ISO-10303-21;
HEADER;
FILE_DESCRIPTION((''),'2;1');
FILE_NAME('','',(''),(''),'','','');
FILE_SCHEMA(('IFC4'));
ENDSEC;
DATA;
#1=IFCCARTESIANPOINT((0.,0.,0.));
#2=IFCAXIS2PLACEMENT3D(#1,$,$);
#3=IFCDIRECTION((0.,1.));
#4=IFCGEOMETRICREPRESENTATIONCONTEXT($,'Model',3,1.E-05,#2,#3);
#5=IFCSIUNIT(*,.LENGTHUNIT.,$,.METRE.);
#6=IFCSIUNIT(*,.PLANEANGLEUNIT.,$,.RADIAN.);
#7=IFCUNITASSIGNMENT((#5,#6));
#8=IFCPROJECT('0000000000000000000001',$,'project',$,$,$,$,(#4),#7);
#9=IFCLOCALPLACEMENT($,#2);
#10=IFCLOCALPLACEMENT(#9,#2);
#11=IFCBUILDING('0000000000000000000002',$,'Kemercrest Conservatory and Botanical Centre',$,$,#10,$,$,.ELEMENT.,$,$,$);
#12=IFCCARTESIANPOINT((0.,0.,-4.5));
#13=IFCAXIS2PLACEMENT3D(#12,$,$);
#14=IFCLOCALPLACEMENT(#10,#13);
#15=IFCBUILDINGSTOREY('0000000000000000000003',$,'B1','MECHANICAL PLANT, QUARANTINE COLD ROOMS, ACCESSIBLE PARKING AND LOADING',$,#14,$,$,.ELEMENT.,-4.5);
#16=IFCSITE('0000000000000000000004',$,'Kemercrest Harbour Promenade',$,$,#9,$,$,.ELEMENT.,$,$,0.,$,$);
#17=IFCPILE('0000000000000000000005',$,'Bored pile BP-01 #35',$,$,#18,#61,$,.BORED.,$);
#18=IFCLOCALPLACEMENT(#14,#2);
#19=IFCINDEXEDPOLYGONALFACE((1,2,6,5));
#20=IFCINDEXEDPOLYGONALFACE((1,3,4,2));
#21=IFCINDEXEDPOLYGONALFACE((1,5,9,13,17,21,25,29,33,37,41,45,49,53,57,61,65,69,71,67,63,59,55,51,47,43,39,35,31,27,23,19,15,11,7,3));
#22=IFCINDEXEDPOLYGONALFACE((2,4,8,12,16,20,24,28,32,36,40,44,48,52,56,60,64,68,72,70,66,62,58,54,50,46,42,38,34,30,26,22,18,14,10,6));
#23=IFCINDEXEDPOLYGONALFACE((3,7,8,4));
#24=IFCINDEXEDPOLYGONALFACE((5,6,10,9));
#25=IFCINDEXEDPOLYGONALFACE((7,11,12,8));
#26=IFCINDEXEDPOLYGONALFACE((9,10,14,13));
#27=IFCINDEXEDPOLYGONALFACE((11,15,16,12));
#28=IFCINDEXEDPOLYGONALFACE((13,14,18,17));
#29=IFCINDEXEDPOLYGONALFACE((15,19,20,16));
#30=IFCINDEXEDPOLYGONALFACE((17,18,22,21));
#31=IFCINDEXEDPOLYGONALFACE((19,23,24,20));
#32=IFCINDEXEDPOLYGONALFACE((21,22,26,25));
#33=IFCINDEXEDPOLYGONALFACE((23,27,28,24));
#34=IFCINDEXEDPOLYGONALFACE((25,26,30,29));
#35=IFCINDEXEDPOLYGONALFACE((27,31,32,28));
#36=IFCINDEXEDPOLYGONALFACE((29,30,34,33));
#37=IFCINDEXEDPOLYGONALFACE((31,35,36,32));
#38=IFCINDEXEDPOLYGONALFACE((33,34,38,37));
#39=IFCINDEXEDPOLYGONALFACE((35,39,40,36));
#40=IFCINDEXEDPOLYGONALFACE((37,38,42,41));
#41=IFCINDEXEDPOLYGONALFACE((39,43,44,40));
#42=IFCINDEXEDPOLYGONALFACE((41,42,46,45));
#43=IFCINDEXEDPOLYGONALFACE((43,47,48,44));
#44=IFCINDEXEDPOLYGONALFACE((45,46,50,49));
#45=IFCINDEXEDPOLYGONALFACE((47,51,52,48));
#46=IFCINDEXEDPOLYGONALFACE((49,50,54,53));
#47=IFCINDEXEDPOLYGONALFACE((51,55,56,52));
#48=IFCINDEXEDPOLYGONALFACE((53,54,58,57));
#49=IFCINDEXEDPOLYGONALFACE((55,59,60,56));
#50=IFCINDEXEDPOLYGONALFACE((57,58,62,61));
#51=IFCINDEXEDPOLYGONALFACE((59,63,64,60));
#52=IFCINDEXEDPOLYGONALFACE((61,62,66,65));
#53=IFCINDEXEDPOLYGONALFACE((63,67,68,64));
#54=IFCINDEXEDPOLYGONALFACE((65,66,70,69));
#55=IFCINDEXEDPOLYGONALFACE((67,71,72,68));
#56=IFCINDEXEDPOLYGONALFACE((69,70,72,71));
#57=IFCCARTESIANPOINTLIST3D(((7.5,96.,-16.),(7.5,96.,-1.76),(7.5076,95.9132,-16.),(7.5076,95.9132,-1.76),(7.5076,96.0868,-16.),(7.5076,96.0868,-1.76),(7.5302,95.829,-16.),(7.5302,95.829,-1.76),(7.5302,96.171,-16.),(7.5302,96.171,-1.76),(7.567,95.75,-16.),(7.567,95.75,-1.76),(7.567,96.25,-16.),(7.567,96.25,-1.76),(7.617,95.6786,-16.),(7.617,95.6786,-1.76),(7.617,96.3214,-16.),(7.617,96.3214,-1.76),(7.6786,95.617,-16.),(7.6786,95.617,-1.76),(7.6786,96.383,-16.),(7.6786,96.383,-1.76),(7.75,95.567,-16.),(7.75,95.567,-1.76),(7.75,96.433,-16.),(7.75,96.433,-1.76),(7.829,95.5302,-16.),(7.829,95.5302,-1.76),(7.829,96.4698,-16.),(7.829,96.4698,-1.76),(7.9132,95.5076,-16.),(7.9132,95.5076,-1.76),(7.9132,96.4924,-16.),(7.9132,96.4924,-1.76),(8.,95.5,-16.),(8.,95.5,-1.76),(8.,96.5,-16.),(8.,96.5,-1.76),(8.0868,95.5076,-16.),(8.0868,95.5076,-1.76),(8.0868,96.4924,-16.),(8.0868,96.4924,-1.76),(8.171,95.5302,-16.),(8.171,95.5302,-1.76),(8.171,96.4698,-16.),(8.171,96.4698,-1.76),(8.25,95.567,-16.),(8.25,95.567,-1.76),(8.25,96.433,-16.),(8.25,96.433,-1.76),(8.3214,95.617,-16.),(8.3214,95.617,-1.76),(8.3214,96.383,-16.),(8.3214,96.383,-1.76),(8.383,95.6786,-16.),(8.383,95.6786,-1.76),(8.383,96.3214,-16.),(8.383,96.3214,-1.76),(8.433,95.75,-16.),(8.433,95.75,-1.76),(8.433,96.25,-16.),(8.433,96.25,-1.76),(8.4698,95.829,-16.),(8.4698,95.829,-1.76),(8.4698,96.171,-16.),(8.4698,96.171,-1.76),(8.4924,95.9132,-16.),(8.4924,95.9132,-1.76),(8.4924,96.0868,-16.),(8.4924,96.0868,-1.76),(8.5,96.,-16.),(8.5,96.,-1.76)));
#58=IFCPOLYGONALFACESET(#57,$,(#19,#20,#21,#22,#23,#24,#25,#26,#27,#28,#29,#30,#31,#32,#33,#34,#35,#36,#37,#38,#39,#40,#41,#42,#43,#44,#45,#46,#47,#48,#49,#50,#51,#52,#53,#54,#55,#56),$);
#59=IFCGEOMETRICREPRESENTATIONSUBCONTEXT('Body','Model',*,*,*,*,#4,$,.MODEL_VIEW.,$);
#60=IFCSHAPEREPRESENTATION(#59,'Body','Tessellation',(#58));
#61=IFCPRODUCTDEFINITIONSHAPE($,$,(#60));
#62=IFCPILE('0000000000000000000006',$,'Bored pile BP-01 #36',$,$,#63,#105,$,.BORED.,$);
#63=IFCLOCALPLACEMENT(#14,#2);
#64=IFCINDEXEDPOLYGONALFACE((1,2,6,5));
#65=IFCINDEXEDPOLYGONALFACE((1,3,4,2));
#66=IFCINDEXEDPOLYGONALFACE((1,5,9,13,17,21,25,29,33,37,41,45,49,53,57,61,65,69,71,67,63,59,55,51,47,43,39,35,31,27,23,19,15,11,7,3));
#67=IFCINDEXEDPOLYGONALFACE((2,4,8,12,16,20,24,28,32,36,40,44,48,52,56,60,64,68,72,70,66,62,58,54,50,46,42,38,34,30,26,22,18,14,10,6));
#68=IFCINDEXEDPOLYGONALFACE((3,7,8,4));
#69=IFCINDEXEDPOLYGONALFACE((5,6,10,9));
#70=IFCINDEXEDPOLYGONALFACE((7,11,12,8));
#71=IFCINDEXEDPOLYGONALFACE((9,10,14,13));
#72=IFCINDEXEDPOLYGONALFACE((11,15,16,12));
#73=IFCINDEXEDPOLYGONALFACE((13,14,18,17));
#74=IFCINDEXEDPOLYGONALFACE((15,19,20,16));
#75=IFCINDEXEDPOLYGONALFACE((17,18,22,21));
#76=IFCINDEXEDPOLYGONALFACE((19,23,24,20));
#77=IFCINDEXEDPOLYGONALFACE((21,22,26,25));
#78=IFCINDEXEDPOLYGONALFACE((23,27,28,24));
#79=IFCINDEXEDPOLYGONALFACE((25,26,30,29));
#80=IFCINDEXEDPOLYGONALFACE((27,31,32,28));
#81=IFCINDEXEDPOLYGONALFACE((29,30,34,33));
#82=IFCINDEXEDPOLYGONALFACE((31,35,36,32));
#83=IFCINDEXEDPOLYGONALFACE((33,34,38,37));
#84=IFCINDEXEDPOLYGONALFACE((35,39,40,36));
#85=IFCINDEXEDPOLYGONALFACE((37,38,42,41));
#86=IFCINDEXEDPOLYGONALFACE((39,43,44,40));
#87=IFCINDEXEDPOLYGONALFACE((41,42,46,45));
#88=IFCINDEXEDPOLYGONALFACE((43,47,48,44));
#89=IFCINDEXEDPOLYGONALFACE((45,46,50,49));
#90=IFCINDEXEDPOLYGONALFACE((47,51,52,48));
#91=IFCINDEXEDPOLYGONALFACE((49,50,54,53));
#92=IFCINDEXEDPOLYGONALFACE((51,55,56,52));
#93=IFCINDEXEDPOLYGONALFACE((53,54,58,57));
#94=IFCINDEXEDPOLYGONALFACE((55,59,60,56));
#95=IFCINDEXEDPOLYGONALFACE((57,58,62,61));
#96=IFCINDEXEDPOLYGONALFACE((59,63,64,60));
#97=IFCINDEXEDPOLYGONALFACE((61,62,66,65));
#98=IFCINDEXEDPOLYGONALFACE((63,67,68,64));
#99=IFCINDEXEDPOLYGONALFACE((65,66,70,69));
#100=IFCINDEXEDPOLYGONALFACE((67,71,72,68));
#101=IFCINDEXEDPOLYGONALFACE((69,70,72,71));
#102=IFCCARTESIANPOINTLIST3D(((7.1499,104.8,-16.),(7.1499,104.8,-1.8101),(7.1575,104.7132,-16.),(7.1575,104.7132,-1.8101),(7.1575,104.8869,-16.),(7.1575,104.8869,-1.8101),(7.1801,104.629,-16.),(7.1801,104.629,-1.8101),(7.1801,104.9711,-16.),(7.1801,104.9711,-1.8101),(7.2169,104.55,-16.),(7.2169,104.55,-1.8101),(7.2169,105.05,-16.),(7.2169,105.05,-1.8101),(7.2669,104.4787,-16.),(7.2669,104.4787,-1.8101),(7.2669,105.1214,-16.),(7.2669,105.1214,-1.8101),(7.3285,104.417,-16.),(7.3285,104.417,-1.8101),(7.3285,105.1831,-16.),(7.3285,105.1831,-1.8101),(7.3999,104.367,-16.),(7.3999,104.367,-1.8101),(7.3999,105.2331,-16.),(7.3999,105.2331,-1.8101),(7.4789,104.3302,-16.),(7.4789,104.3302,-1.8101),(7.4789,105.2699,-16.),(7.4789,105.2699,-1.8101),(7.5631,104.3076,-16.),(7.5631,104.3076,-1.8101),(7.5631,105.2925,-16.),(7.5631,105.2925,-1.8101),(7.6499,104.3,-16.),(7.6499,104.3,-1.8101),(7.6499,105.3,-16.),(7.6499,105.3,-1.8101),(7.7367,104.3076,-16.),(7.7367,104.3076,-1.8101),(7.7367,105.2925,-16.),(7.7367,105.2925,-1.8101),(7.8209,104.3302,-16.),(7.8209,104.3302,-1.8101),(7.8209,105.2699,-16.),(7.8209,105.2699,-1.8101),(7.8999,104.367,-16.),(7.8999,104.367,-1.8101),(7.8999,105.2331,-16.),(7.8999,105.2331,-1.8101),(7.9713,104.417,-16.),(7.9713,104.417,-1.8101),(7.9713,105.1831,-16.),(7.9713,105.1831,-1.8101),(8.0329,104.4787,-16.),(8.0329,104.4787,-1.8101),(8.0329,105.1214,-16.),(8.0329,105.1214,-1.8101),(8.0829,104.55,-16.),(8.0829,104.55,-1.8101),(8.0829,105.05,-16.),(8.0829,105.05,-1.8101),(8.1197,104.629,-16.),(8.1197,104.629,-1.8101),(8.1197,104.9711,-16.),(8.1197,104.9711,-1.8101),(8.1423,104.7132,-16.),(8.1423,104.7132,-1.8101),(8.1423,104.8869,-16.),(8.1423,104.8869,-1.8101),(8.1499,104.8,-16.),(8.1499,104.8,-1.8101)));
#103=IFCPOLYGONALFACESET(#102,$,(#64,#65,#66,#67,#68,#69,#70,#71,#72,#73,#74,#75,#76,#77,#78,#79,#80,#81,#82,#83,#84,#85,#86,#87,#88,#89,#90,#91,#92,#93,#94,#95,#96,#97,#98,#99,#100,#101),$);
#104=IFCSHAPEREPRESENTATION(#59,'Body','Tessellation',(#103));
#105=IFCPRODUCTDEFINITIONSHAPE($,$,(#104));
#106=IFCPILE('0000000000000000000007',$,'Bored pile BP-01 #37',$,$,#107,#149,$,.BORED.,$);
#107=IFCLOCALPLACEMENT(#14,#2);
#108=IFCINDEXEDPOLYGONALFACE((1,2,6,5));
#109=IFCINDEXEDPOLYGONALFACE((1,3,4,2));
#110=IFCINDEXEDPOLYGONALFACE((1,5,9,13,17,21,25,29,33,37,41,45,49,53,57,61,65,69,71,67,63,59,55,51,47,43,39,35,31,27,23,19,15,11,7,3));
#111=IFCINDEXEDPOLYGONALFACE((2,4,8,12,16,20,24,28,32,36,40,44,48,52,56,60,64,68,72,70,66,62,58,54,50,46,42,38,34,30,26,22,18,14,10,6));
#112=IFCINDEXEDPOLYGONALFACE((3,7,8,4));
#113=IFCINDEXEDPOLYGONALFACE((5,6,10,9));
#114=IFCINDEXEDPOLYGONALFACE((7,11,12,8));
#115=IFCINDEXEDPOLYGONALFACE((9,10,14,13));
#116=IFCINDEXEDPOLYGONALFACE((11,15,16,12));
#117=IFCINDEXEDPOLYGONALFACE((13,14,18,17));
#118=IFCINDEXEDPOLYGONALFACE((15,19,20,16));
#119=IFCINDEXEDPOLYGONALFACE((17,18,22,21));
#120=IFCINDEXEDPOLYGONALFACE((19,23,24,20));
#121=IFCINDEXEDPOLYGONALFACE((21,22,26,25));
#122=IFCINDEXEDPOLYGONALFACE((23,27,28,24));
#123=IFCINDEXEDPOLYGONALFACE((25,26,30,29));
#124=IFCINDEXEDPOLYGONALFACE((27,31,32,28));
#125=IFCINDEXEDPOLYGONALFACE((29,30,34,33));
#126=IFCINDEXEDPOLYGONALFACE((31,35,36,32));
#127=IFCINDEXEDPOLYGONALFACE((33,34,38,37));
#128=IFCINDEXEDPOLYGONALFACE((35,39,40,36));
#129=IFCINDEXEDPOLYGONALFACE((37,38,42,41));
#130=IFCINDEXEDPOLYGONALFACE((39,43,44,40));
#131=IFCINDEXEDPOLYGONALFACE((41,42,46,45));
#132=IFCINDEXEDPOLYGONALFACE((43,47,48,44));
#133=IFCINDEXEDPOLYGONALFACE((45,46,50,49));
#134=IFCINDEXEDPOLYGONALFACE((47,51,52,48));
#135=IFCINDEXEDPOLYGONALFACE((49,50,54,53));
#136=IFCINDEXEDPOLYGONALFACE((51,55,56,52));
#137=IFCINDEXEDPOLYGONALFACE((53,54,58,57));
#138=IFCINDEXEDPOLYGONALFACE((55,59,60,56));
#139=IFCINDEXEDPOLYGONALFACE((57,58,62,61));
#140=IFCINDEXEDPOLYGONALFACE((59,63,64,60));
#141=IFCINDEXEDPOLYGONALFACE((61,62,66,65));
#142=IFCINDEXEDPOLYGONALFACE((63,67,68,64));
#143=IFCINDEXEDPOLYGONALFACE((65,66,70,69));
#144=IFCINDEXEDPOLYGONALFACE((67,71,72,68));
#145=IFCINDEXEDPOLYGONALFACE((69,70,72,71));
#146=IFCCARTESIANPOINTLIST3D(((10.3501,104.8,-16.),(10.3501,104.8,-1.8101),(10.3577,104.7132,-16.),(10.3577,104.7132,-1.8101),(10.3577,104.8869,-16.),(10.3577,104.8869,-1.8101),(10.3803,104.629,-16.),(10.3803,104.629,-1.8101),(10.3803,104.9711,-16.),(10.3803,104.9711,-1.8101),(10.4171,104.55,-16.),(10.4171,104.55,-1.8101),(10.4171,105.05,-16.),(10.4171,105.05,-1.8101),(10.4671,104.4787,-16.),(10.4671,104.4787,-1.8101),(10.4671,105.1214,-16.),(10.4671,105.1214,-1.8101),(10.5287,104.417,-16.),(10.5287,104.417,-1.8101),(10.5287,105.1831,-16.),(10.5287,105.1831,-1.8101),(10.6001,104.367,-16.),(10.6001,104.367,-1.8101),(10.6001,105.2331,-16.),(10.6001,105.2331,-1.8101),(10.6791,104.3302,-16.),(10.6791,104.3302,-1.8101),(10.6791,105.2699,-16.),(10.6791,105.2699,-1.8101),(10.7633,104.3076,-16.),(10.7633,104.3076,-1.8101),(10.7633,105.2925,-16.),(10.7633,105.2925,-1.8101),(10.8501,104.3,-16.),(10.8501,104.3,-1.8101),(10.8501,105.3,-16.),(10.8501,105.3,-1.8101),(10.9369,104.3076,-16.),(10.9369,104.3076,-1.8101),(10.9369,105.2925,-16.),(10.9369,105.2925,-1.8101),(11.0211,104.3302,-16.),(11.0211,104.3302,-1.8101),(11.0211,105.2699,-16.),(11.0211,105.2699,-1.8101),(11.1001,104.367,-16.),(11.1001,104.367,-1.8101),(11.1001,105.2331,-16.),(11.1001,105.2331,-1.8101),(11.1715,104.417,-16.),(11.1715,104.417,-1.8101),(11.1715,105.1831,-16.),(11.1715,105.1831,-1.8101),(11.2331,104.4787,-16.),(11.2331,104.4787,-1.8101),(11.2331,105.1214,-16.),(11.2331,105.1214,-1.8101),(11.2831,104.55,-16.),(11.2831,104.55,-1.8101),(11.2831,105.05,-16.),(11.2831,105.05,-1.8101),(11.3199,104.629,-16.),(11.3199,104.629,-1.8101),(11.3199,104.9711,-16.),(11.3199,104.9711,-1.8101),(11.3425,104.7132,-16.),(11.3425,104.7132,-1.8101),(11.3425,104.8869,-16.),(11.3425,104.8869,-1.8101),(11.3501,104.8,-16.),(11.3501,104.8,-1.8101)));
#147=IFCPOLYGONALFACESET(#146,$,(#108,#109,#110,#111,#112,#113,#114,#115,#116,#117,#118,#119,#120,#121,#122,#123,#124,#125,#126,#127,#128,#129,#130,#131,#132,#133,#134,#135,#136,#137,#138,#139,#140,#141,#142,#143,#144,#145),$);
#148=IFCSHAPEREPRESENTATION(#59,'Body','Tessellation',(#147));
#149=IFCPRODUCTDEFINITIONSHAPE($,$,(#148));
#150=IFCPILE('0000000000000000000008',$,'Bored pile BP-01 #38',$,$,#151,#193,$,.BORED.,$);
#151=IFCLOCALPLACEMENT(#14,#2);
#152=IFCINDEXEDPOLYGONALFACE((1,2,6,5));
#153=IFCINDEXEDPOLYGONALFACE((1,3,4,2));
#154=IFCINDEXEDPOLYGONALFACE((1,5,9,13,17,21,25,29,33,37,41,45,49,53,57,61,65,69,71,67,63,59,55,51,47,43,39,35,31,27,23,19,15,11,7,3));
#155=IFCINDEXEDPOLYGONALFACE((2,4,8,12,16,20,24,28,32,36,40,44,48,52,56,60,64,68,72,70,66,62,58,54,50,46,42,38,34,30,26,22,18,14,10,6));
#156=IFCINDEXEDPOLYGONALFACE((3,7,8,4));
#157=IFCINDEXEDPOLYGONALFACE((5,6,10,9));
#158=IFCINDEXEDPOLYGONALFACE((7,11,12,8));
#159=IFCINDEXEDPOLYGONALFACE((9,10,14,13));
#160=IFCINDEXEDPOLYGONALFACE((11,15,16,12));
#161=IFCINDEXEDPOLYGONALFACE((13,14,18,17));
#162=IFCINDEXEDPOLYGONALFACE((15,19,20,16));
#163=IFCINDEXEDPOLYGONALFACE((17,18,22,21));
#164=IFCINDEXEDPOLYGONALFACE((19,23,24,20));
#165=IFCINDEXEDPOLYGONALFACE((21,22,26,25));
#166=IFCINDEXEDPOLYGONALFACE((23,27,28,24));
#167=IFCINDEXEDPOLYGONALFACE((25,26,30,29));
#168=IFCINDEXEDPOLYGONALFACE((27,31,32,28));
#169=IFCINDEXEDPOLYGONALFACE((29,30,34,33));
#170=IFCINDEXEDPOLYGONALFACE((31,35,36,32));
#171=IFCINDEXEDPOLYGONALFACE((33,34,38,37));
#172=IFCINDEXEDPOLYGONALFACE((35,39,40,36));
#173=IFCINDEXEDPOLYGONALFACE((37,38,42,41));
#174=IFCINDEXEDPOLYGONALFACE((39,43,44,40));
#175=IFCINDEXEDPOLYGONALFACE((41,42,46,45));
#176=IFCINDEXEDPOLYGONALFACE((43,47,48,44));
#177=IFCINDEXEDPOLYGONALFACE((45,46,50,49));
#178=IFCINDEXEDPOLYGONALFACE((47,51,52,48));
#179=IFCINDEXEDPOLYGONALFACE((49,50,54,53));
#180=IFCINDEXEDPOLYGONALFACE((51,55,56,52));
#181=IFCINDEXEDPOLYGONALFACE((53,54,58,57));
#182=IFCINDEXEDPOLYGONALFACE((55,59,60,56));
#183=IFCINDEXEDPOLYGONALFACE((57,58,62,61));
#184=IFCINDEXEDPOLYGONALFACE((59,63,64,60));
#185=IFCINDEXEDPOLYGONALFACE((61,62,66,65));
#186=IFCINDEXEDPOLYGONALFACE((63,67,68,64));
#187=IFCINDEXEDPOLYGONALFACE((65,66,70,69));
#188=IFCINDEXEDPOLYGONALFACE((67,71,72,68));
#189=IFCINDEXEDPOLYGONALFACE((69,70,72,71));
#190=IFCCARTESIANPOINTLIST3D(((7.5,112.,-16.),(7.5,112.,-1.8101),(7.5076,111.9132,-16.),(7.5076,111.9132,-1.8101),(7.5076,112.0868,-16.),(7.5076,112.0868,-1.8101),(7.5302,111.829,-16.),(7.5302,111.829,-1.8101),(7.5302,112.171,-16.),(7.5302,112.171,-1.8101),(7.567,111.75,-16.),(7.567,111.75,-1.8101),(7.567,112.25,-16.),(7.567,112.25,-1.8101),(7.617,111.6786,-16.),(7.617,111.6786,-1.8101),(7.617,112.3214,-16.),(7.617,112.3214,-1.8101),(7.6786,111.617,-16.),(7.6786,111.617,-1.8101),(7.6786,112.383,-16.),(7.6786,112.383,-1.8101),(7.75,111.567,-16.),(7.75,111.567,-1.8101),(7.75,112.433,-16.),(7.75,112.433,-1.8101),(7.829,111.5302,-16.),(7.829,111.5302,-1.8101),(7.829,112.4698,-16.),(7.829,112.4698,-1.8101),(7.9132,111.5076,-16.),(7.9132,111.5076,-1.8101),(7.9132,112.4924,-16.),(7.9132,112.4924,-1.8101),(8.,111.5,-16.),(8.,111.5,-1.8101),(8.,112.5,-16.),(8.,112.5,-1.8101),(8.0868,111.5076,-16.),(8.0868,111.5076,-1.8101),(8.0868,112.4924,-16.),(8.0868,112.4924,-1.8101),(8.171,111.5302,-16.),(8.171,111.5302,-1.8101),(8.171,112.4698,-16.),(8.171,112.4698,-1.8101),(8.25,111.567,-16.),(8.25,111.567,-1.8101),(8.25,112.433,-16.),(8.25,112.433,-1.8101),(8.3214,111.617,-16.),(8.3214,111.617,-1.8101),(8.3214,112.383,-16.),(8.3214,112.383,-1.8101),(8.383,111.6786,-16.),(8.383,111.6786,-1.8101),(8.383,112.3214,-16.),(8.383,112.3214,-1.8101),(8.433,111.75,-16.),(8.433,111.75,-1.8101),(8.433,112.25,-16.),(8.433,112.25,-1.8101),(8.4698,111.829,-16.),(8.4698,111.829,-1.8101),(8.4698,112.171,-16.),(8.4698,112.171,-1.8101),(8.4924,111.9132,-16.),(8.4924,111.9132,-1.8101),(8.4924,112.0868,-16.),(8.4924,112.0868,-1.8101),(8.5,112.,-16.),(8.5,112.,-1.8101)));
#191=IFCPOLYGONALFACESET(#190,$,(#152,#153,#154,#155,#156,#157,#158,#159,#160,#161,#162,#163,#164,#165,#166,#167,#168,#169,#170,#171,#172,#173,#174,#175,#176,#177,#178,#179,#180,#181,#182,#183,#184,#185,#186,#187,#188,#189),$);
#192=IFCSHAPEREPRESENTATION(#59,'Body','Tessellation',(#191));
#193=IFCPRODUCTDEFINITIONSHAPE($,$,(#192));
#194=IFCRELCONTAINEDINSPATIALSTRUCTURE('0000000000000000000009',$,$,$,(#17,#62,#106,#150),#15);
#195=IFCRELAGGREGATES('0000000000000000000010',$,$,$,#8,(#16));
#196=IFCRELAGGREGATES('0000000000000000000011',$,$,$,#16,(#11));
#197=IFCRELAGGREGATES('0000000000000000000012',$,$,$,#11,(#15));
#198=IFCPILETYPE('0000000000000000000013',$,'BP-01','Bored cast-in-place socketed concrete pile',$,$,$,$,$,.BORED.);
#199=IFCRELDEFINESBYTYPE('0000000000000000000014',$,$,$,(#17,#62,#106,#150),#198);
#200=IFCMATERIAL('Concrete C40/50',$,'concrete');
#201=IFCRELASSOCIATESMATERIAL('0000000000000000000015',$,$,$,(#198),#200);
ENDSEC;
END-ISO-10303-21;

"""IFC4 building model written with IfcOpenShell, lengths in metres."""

from ifc_helpers import new_model, si_unit, direction, frame, origin, origin_2d, place, context, subcontext, project, spatial, circle, extrude, material, material_profile, profile_set, type_object, element, save


model = new_model("IFC4")

# Units and contexts
model_context = context("Model", 3, precision=1e-05, world=origin(), true_north=direction((0.0, 1.0)))
body_context = subcontext(model_context, "Body", "Model", "MODEL_VIEW")
ifc_project = project(units=[si_unit("LENGTHUNIT", "METRE"), si_unit("PLANEANGLEUNIT", "RADIAN")], contexts=[model_context])

# Site, building, storey
site_placement = place(None, origin())
site = spatial("IfcSite", under=ifc_project, at=site_placement, Name="Kemercrest Harbour Promenade", CompositionType="ELEMENT", RefElevation=0.0)
building_placement = place(site_placement, origin())
building = spatial("IfcBuilding", under=site, at=building_placement, Name="Kemercrest Conservatory and Botanical Centre", CompositionType="ELEMENT")
storey_placement = place(building_placement, frame((0.0, 0.0, -4.5)))
storey = spatial("IfcBuildingStorey", under=building, at=storey_placement, Name="B1", Description="MECHANICAL PLANT, QUARANTINE COLD ROOMS, ACCESSIBLE PARKING AND LOADING", CompositionType="ELEMENT", Elevation=-4.5)

# Piles
ifc_material_1 = material(Name="Concrete C40/50", Category="concrete")
ifc_material_profile_1 = material_profile(ifc_material_1, circle(Radius=0.5, at=origin_2d()), Name="BORED PILE 1000")
ifc_profile_set_1 = profile_set([ifc_material_profile_1], Name="Concrete C40/50")
pile_type_1 = type_object("IfcPileType", Name="BP-01", Description="Bored cast-in-place socketed concrete pile", PredefinedType="BORED", material=ifc_profile_set_1)
pile_placement = place(storey_placement, frame((8.0, 96.0, -1.76), z_axis=(0.0, 0.0, -1.0), x_axis=(1.0, 0.0, 0.0)))
element("IfcPile", 1, at=pile_placement, inside=storey, type_object=pile_type_1, Name="Bored pile BP-01 #35", PredefinedType="BORED", context=body_context, shape_type="SweptSolid", body=[
    extrude(circle(Radius=0.5, at=origin_2d()), origin(), (0.0, 0.0, 1.0), 14.24),
])
for number, where, z_axis, x_axis, name in (
    (2, (7.6499, 104.8, -1.8101), (0.0, 0.0, -1.0), (1.0, 0.0, 0.0), "Bored pile BP-01 #36"),
    (3, (10.8501, 104.8, -1.8101), (0.0, 0.0, -1.0), (1.0, 0.0, 0.0), "Bored pile BP-01 #37"),
    (4, (8.0, 112.0, -1.8101), (0.0, 0.0, -1.0), (1.0, 0.0, 0.0), "Bored pile BP-01 #38"),
):
    element("IfcPile", number, at=place(storey_placement, frame(where, z_axis=z_axis, x_axis=x_axis)), inside=storey, type_object=pile_type_1, Name=name, PredefinedType="BORED", context=body_context, shape_type="SweptSolid", body=[
        extrude(circle(Radius=0.5, at=origin_2d()), origin(), (0.0, 0.0, 1.0), 14.1899),
    ])

save(model, "model.ifc")
